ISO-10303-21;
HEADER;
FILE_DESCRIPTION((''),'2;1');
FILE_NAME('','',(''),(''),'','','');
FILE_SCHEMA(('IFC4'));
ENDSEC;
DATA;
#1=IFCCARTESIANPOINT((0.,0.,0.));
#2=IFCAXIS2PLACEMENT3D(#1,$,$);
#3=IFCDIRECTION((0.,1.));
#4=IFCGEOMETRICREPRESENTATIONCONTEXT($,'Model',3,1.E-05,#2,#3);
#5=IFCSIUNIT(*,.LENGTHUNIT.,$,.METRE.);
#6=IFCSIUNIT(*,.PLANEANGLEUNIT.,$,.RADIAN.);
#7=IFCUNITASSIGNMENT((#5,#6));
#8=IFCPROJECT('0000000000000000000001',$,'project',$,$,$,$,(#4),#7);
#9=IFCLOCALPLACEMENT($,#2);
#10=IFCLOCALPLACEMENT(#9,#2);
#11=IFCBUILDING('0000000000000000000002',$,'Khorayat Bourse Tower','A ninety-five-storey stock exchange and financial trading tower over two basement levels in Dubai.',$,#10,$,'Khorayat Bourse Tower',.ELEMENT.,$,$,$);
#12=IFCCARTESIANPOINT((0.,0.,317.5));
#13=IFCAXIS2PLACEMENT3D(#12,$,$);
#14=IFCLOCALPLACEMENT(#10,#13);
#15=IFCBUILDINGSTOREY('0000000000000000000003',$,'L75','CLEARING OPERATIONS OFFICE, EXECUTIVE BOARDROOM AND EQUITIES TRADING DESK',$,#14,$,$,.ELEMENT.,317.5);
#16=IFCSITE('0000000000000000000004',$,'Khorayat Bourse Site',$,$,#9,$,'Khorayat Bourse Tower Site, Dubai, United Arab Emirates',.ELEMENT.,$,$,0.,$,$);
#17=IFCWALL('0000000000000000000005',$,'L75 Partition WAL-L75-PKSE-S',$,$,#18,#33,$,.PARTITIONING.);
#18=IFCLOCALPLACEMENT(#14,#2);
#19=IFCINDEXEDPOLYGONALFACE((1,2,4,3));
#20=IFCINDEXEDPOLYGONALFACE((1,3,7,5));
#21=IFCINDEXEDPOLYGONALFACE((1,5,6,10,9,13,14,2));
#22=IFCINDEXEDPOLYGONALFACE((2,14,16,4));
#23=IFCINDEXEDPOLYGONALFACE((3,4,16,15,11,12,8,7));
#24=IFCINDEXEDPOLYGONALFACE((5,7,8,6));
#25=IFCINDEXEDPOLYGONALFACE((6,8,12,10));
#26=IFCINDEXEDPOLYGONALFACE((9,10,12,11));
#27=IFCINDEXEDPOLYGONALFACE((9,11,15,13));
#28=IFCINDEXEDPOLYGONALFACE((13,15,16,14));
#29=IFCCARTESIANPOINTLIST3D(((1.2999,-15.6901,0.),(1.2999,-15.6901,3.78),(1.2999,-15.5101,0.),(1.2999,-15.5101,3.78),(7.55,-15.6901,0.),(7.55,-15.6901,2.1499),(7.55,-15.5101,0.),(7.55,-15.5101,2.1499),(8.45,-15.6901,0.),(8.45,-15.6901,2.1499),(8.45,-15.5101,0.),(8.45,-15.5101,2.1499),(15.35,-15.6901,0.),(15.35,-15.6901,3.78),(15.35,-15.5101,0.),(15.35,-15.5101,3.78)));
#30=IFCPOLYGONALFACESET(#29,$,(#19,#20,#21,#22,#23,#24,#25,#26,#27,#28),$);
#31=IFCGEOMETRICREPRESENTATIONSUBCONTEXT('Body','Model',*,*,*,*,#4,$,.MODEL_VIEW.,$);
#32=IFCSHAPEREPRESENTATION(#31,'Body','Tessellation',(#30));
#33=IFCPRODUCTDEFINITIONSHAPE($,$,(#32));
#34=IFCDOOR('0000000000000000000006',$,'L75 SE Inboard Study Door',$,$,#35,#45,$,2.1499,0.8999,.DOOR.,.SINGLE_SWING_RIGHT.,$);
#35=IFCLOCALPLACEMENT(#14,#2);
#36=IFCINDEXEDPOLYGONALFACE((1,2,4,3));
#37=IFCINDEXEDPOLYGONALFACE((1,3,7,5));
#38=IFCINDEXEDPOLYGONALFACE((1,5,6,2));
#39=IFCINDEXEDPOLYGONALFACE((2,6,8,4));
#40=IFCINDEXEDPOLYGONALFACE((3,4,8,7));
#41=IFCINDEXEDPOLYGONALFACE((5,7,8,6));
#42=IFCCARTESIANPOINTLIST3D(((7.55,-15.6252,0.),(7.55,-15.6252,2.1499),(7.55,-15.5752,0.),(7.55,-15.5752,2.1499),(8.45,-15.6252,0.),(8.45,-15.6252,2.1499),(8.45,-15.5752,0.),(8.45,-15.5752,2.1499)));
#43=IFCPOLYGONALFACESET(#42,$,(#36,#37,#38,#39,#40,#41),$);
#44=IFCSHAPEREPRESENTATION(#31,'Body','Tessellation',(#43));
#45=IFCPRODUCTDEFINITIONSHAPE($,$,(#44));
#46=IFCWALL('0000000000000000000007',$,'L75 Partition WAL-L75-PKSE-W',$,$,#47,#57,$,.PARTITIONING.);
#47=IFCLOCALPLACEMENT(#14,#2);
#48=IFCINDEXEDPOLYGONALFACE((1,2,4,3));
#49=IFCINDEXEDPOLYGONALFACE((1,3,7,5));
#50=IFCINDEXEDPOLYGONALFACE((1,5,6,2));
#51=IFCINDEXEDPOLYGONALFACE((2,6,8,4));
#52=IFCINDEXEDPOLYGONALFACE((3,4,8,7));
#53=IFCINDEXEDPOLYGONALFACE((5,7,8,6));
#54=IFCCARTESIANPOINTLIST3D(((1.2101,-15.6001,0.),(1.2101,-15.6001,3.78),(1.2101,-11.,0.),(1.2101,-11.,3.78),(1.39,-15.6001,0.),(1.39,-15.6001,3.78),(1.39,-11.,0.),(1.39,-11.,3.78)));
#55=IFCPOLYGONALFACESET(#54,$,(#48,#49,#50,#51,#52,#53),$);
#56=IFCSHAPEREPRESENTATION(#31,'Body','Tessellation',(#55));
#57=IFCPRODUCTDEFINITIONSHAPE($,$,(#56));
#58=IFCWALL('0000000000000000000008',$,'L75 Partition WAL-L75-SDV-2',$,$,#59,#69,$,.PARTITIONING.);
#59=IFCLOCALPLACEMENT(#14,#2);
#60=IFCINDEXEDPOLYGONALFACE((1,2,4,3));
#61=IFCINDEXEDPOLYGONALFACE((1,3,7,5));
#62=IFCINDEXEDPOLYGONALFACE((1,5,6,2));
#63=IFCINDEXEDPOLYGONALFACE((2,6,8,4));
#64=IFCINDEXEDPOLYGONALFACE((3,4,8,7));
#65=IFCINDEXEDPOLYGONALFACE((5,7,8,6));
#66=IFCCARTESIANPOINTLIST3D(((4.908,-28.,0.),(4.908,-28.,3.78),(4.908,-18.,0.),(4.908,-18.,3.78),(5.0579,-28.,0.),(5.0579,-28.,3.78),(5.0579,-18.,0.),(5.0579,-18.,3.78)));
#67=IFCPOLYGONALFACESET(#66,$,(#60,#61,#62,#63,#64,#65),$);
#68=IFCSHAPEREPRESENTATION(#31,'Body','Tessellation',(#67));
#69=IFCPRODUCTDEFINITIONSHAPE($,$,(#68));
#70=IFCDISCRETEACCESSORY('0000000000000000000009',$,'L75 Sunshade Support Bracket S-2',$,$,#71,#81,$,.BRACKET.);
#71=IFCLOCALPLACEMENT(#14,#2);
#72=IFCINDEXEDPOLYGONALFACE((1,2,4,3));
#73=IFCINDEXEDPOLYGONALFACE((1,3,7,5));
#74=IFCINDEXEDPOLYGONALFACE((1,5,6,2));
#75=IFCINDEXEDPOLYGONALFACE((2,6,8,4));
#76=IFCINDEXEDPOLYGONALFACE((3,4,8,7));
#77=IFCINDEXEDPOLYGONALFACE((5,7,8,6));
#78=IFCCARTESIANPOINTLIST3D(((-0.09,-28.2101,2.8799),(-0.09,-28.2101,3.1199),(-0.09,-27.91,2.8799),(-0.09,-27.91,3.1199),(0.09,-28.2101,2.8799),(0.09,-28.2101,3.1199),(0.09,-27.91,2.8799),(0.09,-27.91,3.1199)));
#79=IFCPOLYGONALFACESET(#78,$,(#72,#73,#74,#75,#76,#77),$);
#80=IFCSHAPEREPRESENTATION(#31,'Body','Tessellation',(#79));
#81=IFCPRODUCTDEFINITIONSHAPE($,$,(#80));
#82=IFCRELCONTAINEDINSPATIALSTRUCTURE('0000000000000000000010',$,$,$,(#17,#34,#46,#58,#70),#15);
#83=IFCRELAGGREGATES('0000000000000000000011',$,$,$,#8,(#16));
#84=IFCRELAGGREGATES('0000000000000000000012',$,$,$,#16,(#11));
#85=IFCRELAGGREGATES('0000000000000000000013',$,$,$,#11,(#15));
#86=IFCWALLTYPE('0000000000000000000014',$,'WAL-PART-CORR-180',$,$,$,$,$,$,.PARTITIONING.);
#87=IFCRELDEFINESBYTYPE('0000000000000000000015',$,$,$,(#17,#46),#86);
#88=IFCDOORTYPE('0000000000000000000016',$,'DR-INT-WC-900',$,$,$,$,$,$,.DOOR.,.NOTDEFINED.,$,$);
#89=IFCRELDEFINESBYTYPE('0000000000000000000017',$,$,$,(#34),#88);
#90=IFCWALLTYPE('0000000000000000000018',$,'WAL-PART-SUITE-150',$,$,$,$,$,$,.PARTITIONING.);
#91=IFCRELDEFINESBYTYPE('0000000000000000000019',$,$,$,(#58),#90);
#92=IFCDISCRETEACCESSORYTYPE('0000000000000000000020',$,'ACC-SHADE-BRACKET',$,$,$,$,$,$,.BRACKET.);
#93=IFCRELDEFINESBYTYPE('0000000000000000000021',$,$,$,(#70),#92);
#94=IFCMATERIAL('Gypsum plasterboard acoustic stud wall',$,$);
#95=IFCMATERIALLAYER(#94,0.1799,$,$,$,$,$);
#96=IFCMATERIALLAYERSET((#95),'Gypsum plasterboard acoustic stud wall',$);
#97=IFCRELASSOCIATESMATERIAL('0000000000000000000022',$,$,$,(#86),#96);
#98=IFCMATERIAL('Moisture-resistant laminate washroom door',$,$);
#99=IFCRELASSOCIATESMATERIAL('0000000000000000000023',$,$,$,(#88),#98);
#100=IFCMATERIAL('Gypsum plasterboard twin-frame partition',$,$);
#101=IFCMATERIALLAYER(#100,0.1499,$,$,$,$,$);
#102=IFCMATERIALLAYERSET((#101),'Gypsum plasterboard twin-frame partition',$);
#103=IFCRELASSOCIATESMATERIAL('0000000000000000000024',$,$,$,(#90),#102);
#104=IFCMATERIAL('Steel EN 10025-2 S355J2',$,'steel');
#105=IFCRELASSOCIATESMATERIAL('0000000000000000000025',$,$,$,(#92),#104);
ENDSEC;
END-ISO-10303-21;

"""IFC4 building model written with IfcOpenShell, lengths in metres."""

from ifc_helpers import new_model, si_unit, direction, frame, frame_2d, origin, origin_2d, place, context, subcontext, project, spatial, rectangle, extrude, source, transform, mapped, material, layer, layer_set, type_object, element, fill, save


model = new_model("IFC4")

# Units and contexts
model_context = context("Model", 3, precision=1e-05, world=origin(), true_north=direction((0.0, 1.0)))
body_context = subcontext(model_context, "Body", "Model", "MODEL_VIEW")
ifc_project = project(units=[si_unit("LENGTHUNIT", "METRE"), si_unit("PLANEANGLEUNIT", "RADIAN")], contexts=[model_context])

# Site, building, storey
site_placement = place(None, origin())
site = spatial("IfcSite", under=ifc_project, at=site_placement, Name="Khorayat Bourse Site", LongName="Khorayat Bourse Tower Site, Dubai, United Arab Emirates", CompositionType="ELEMENT", RefElevation=0.0)
building_placement = place(site_placement, origin())
building = spatial("IfcBuilding", under=site, at=building_placement, Name="Khorayat Bourse Tower", Description="A ninety-five-storey stock exchange and financial trading tower over two basement levels in Dubai.", LongName="Khorayat Bourse Tower", CompositionType="ELEMENT")
storey_placement = place(building_placement, frame((0.0, 0.0, 317.5)))
storey = spatial("IfcBuildingStorey", under=building, at=storey_placement, Name="L75", Description="CLEARING OPERATIONS OFFICE, EXECUTIVE BOARDROOM AND EQUITIES TRADING DESK", CompositionType="ELEMENT", Elevation=317.5)

# Shared definitions
ifc_material_1 = material(Name="Steel EN 10025-2 S355J2", Category="steel")

# Wall, opening, door
ifc_material_2 = material(Name="Gypsum plasterboard acoustic stud wall")
ifc_layer_1 = layer(ifc_material_2, 0.1799)
ifc_layer_set_1 = layer_set([ifc_layer_1], Name="Gypsum plasterboard acoustic stud wall")
wall_type_1 = type_object("IfcWallType", Name="WAL-PART-CORR-180", PredefinedType="PARTITIONING", material=ifc_layer_set_1)
shared_shape_1 = source(origin(), body_context, "Body", "SweptSolid", [
    extrude(rectangle(XDim=14.05, YDim=0.1799, at=frame_2d((7.0249, 0.0))), origin(), (0.0, 0.0, 1.0), 3.78),
])
wall_1_placement = place(storey_placement, frame((1.3, -15.6001, 0.0), z_axis=(0.0, 0.0, 1.0), x_axis=(1.0, 0.0, 0.0)))
wall_1 = element("IfcWall", 1, at=wall_1_placement, inside=storey, type_object=wall_type_1, Name="L75 Partition WAL-L75-PKSE-S", PredefinedType="PARTITIONING", context=body_context, shape_type="MappedRepresentation", body=[
    mapped(shared_shape_1, transform((0.0, 0.0, 0.0), scale=1.0)),
])
shared_shape_2 = source(origin(), body_context, "Body", "SweptSolid", [
    extrude(rectangle(XDim=0.8999, YDim=2.1499, at=frame_2d((0.45, 1.075))), frame((0.0, 0.0999, 0.0), z_axis=(0.0, -1.0, 0.0), x_axis=(1.0, 0.0, 0.0)), (0.0, 0.0, 1.0), 0.2),
])
opening_placement = place(wall_1_placement, frame((6.25, 0.0, 0.0)))
opening = element("IfcOpeningElement", 2, at=opening_placement, cuts=wall_1, PredefinedType="OPENING", context=body_context, shape_type="MappedRepresentation", body=[
    mapped(shared_shape_2, transform((0.0, 0.0, 0.0), scale=1.0)),
])
ifc_material_3 = material(Name="Moisture-resistant laminate washroom door")
door_type = type_object("IfcDoorType", Name="DR-INT-WC-900", OperationType="NOTDEFINED", PredefinedType="DOOR", material=ifc_material_3)
shared_shape_3 = source(origin(), body_context, "Body", "SweptSolid", [
    extrude(rectangle(XDim=0.8999, YDim=2.1499, at=frame_2d((0.45, 1.075))), frame((0.0, 0.0249, 0.0), z_axis=(0.0, -1.0, 0.0), x_axis=(1.0, 0.0, 0.0)), (0.0, 0.0, 1.0), 0.05),
])
door_placement = place(opening_placement, origin())
door = element("IfcDoor", 3, at=door_placement, inside=storey, type_object=door_type, Name="L75 SE Inboard Study Door", OperationType="SINGLE_SWING_RIGHT", OverallHeight=2.1499, OverallWidth=0.8999, PredefinedType="DOOR", context=body_context, shape_type="MappedRepresentation", body=[
    mapped(shared_shape_3, transform((0.0, 0.0, 0.0), scale=1.0)),
])
fill(opening, door)

# Walls
shared_shape_4 = source(origin(), body_context, "Body", "SweptSolid", [
    extrude(rectangle(XDim=4.6001, YDim=0.1799, at=frame_2d((2.3, 0.0))), origin(), (0.0, 0.0, 1.0), 3.78),
])
wall_2_placement = place(storey_placement, frame((1.3, -15.6001, 0.0), z_axis=(0.0, 0.0, 1.0), x_axis=(0.0, 1.0, 0.0)))
element("IfcWall", 4, at=wall_2_placement, inside=storey, type_object=wall_type_1, Name="L75 Partition WAL-L75-PKSE-W", PredefinedType="PARTITIONING", context=body_context, shape_type="MappedRepresentation", body=[
    mapped(shared_shape_4, transform((0.0, 0.0, 0.0), scale=1.0)),
])
ifc_material_4 = material(Name="Gypsum plasterboard twin-frame partition")
ifc_layer_2 = layer(ifc_material_4, 0.1499)
ifc_layer_set_2 = layer_set([ifc_layer_2], Name="Gypsum plasterboard twin-frame partition")
wall_type_2 = type_object("IfcWallType", Name="WAL-PART-SUITE-150", PredefinedType="PARTITIONING", material=ifc_layer_set_2)
shared_shape_5 = source(origin(), body_context, "Body", "SweptSolid", [
    extrude(rectangle(XDim=10.0, YDim=0.1499, at=frame_2d((5.0, 0.0))), origin(), (0.0, 0.0, 1.0), 3.78),
])
wall_3_placement = place(storey_placement, frame((4.9829, -28.0, 0.0), z_axis=(0.0, 0.0, 1.0), x_axis=(0.0, 1.0, 0.0)))
element("IfcWall", 5, at=wall_3_placement, inside=storey, type_object=wall_type_2, Name="L75 Partition WAL-L75-SDV-2", PredefinedType="PARTITIONING", context=body_context, shape_type="MappedRepresentation", body=[
    mapped(shared_shape_5, transform((0.0, 0.0, 0.0), scale=1.0)),
])

# Discrete accessory
discrete_accessory_type = type_object("IfcDiscreteAccessoryType", Name="ACC-SHADE-BRACKET", PredefinedType="BRACKET", material=ifc_material_1)
shared_shape_6 = source(origin(), body_context, "Body", "SweptSolid", [
    extrude(rectangle(XDim=0.1799, YDim=0.3, at=origin_2d()), origin(), (0.0, 0.0, 1.0), 0.24),
])
discrete_accessory_placement = place(storey_placement, frame((0.0, -28.0601, 2.8799), z_axis=(0.0, 0.0, 1.0), x_axis=(1.0, 0.0, 0.0)))
element("IfcDiscreteAccessory", 6, at=discrete_accessory_placement, inside=storey, type_object=discrete_accessory_type, Name="L75 Sunshade Support Bracket S-2", PredefinedType="BRACKET", context=body_context, shape_type="MappedRepresentation", body=[
    mapped(shared_shape_6, transform((0.0, 0.0, 0.0), scale=1.0)),
])

save(model, "model.ifc")
